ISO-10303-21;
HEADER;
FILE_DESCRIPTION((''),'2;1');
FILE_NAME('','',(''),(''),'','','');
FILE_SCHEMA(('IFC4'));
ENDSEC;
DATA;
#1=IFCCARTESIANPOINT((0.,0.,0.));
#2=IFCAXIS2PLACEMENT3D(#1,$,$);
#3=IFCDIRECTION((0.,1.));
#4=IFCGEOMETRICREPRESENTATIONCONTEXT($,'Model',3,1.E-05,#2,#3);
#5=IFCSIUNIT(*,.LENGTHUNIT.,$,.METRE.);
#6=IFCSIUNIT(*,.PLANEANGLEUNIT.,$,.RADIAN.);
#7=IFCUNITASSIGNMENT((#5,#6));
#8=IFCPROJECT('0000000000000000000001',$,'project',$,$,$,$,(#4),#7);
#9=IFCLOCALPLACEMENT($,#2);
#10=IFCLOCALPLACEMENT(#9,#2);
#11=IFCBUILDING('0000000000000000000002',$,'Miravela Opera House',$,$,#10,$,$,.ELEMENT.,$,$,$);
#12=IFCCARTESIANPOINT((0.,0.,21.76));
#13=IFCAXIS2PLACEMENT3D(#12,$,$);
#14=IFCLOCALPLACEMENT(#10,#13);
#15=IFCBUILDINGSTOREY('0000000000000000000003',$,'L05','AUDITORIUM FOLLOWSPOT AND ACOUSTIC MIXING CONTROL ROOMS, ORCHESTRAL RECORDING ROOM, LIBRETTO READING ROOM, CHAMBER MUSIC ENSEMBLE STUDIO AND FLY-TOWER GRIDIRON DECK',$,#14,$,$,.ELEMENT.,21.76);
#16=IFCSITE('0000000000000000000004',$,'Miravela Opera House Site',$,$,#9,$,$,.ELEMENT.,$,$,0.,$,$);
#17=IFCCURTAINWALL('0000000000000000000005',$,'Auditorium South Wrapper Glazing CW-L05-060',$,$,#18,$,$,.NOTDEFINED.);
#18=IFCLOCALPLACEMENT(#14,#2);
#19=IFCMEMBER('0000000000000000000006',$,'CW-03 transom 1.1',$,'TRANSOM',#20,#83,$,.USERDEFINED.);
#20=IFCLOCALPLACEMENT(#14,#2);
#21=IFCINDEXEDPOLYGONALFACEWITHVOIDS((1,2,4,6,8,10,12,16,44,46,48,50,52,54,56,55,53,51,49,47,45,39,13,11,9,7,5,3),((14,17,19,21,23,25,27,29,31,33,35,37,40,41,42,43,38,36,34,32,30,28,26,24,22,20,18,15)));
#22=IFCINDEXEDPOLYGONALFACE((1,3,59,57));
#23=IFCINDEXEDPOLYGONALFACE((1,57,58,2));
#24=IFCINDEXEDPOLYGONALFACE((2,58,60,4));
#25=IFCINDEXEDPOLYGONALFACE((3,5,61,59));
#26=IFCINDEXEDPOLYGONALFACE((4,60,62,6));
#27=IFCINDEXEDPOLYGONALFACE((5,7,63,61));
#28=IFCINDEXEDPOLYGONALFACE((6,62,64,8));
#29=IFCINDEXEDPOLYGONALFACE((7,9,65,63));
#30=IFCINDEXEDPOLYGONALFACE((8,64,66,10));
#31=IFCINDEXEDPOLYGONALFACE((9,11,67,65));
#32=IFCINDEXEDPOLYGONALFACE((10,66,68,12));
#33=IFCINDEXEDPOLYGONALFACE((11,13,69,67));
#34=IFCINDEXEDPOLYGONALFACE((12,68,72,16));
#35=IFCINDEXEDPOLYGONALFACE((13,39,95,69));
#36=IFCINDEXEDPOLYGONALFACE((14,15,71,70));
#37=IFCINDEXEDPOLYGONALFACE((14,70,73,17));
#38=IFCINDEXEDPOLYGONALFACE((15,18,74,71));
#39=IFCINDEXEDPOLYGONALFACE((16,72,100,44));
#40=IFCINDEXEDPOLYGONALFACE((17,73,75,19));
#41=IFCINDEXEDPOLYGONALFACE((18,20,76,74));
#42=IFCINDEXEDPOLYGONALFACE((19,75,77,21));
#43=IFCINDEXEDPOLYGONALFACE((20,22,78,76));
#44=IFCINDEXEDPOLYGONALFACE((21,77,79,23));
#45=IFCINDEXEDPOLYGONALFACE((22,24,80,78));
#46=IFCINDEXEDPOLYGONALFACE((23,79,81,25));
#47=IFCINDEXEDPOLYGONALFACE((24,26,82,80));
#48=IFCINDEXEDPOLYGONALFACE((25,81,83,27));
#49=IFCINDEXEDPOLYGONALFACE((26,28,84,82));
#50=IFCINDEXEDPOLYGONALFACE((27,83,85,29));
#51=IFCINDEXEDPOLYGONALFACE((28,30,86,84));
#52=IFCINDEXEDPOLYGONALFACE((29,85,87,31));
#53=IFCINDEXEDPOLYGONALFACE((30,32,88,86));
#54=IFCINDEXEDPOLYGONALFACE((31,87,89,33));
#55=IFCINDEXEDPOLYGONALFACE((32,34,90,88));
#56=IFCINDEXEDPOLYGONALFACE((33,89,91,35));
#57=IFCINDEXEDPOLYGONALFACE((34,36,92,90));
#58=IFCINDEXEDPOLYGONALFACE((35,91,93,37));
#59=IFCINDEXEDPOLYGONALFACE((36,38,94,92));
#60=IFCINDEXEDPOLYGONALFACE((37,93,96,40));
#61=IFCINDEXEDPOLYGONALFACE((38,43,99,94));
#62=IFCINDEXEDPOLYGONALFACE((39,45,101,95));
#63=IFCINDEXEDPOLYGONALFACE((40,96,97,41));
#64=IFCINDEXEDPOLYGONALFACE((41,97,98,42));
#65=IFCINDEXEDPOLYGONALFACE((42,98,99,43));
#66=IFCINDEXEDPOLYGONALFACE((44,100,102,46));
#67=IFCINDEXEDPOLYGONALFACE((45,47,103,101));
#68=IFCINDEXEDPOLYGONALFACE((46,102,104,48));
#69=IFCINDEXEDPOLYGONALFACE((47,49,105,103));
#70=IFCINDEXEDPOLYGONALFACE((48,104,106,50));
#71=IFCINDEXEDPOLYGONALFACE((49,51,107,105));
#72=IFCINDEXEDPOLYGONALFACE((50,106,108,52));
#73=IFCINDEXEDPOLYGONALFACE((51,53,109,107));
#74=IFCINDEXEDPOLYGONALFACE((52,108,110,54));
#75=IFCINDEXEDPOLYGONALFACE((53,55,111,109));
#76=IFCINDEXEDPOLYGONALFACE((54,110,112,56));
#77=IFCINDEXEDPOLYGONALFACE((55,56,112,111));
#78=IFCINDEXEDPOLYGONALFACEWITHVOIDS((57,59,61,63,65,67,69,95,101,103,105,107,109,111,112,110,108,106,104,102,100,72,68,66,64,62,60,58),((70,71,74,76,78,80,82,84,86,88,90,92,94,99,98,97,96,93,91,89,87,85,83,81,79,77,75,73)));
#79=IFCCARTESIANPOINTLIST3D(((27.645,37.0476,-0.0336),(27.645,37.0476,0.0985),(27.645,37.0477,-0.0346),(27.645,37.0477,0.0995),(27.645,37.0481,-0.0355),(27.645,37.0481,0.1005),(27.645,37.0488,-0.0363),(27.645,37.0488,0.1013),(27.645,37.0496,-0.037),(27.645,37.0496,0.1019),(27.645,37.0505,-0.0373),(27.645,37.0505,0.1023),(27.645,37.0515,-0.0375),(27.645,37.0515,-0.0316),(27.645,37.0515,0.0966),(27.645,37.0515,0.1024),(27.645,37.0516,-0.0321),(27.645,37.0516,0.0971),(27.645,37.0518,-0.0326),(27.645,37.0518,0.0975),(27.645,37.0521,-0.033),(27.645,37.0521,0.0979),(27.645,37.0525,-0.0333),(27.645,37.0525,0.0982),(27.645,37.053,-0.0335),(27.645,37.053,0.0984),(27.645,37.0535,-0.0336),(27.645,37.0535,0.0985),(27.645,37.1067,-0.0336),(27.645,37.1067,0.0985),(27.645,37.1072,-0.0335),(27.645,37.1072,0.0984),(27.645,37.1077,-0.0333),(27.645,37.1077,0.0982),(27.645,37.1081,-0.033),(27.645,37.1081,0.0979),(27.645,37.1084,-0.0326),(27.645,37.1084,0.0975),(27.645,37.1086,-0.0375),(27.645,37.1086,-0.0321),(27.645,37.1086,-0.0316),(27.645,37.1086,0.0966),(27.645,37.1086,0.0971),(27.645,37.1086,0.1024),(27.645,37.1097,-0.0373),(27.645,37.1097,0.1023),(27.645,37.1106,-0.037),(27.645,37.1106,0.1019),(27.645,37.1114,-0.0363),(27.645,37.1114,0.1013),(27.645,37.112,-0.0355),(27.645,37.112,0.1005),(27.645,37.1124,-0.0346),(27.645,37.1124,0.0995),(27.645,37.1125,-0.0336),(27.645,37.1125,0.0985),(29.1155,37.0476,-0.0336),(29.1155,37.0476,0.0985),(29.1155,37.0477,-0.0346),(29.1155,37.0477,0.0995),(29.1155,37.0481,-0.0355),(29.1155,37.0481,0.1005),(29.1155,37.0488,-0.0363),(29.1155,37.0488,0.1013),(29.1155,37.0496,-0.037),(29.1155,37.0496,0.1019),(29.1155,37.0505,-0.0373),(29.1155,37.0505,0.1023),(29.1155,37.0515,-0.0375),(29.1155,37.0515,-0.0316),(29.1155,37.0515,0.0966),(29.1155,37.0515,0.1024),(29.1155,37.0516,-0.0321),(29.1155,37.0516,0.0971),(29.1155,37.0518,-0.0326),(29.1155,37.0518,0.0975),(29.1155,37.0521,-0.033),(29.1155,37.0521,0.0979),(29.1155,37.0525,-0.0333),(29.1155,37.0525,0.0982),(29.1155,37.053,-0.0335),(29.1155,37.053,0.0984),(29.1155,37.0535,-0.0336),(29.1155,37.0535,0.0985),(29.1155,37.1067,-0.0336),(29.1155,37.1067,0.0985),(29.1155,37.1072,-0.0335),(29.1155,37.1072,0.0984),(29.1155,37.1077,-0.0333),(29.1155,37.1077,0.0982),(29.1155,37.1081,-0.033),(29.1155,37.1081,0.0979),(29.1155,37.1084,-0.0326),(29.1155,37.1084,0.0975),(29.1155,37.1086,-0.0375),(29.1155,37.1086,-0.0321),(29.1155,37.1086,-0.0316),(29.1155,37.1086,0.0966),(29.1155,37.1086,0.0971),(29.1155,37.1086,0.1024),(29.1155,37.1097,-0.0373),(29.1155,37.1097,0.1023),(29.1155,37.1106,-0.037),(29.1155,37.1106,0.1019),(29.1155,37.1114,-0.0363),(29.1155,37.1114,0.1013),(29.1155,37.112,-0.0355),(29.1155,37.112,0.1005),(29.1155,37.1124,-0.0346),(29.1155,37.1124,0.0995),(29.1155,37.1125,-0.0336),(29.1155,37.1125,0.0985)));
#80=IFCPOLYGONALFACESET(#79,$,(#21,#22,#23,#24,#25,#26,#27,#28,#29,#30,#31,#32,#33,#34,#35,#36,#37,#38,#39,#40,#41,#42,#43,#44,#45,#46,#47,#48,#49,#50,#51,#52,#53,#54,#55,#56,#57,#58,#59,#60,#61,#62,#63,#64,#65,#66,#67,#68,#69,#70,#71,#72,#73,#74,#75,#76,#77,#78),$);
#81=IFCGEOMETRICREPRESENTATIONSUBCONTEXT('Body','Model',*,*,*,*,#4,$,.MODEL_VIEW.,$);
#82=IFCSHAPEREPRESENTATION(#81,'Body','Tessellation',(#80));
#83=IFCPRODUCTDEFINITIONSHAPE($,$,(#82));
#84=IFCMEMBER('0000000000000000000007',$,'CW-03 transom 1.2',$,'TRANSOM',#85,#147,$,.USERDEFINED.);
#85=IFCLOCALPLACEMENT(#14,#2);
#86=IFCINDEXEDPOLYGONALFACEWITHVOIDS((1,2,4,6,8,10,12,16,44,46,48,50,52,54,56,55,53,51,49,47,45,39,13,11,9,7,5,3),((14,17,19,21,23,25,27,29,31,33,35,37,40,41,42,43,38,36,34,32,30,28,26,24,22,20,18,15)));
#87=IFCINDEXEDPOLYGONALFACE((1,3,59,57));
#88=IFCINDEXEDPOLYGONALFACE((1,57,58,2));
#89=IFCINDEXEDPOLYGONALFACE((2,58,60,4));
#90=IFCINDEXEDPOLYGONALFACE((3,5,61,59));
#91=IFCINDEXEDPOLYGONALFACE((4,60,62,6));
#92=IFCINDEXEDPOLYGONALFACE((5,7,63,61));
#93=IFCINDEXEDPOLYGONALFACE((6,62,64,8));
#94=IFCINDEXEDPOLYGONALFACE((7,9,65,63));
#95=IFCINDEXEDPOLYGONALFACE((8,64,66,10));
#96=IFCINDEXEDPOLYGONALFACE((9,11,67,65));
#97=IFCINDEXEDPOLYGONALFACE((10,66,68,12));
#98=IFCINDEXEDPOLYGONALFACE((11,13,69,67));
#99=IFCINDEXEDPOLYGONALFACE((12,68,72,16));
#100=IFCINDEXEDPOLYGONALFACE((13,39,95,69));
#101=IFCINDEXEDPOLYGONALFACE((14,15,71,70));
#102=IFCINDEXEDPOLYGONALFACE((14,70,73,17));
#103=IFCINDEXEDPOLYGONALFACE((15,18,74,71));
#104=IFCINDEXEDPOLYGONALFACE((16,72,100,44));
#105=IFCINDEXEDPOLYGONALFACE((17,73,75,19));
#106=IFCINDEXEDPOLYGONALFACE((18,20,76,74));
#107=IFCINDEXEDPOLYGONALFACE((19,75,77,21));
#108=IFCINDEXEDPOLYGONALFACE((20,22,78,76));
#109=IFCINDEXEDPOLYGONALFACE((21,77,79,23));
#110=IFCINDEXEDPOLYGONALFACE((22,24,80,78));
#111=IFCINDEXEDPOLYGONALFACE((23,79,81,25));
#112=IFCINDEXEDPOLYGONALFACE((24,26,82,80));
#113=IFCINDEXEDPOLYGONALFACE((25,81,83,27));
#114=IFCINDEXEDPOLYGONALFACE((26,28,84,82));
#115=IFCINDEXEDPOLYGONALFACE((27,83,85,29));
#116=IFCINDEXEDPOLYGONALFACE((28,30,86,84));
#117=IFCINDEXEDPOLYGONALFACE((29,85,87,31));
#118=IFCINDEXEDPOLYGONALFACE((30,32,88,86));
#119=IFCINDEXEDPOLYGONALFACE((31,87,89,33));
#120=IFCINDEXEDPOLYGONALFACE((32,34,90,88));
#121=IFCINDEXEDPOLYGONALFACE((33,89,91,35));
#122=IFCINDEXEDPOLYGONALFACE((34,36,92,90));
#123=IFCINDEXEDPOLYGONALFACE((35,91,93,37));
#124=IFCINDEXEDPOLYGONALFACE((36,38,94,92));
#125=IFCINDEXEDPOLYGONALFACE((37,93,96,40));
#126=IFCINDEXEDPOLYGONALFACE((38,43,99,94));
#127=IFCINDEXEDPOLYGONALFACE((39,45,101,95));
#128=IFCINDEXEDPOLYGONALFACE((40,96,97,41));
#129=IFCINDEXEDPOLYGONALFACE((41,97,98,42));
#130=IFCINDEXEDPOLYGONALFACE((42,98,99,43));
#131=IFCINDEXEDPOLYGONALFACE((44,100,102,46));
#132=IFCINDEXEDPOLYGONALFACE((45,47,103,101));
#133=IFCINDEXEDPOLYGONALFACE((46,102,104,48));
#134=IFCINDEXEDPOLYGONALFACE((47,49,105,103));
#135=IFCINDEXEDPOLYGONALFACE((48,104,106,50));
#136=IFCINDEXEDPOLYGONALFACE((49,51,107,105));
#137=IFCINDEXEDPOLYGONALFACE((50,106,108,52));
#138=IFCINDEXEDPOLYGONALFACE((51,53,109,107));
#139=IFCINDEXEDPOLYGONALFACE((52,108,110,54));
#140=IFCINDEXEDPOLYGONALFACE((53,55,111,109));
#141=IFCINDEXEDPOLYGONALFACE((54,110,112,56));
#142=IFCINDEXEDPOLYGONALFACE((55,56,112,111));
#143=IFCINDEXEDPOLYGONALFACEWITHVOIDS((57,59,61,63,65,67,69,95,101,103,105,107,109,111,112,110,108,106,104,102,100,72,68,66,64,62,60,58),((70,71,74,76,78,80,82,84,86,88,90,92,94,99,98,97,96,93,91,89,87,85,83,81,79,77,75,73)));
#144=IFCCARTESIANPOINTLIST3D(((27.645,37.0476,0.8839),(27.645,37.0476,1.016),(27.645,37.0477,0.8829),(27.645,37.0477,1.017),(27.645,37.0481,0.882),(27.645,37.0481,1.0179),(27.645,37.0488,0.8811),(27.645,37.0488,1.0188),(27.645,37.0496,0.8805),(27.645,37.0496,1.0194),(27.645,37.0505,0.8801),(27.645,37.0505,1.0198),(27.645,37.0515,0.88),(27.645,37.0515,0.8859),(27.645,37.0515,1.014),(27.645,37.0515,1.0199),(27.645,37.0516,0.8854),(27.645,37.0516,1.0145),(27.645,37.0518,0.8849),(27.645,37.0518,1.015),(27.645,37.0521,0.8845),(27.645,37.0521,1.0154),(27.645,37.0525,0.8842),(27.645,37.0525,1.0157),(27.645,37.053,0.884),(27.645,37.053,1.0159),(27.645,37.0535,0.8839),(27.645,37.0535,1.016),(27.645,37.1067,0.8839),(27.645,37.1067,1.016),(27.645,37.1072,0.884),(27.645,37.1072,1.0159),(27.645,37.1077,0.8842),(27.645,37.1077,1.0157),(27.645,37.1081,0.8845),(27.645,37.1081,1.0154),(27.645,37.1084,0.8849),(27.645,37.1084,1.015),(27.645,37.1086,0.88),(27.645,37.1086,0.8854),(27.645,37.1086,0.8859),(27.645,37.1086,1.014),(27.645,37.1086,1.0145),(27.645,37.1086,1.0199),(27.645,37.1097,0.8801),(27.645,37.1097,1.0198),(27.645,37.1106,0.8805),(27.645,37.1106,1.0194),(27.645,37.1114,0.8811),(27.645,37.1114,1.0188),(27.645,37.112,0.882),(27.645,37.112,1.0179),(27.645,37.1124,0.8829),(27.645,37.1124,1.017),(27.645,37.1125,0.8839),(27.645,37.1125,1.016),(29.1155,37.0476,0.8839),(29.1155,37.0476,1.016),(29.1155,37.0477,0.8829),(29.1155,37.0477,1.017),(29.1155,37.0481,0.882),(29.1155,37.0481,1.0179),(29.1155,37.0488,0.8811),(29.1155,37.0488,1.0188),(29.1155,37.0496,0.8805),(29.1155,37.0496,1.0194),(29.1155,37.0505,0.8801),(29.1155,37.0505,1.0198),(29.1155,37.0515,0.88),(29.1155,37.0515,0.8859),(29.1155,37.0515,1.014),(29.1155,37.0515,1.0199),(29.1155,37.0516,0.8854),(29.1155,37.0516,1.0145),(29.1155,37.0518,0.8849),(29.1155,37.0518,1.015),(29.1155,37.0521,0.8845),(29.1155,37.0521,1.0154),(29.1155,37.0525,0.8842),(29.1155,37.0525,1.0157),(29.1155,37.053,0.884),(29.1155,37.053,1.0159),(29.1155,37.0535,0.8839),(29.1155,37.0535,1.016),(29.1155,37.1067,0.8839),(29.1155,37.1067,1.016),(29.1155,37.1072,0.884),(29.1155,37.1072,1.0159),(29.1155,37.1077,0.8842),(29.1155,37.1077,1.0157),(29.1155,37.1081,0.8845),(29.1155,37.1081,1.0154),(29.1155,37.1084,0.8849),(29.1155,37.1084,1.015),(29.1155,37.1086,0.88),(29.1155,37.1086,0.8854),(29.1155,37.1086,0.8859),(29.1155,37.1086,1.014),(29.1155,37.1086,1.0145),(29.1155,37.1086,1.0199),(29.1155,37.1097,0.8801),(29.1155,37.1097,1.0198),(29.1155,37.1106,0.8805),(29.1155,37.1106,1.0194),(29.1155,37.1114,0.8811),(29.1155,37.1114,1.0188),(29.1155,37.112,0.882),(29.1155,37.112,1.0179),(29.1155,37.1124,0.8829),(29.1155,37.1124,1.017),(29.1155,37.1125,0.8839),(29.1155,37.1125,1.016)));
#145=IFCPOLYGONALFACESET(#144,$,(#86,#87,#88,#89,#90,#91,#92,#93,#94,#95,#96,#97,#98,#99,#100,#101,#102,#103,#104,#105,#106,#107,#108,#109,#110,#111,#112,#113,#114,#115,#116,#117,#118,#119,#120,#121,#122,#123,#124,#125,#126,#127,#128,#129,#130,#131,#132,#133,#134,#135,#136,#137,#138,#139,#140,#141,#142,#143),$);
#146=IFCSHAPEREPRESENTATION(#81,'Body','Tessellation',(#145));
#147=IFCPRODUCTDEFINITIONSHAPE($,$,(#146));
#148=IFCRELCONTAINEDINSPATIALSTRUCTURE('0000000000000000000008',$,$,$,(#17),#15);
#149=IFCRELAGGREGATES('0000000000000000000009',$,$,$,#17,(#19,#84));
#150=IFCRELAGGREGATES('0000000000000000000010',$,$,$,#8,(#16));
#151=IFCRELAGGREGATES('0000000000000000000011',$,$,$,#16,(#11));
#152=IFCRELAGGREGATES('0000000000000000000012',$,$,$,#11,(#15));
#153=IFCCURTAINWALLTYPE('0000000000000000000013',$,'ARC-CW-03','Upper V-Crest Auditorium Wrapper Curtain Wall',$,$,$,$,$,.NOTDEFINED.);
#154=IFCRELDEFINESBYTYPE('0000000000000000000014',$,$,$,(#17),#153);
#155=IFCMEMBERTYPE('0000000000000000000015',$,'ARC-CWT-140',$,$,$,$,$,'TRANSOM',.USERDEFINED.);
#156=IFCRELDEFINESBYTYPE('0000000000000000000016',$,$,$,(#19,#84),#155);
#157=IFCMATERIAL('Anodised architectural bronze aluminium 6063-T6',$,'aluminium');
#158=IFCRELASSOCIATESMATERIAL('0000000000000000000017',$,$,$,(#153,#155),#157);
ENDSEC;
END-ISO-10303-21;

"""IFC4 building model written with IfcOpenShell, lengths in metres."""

from ifc_helpers import new_model, si_unit, direction, frame, origin, origin_2d, place, context, subcontext, project, spatial, hollow_rectangle, extrude, material, material_profile, profile_set, type_object, element, aggregate, save


model = new_model("IFC4")

# Units and contexts
model_context = context("Model", 3, precision=1e-05, world=origin(), true_north=direction((0.0, 1.0)))
body_context = subcontext(model_context, "Body", "Model", "MODEL_VIEW")
ifc_project = project(units=[si_unit("LENGTHUNIT", "METRE"), si_unit("PLANEANGLEUNIT", "RADIAN")], contexts=[model_context])

# Site, building, storey
site_placement = place(None, origin())
site = spatial("IfcSite", under=ifc_project, at=site_placement, Name="Miravela Opera House Site", CompositionType="ELEMENT", RefElevation=0.0)
building_placement = place(site_placement, origin())
building = spatial("IfcBuilding", under=site, at=building_placement, Name="Miravela Opera House", CompositionType="ELEMENT")
storey_placement = place(building_placement, frame((0.0, 0.0, 21.76)))
storey = spatial("IfcBuildingStorey", under=building, at=storey_placement, Name="L05", Description="AUDITORIUM FOLLOWSPOT AND ACOUSTIC MIXING CONTROL ROOMS, ORCHESTRAL RECORDING ROOM, LIBRETTO READING ROOM, CHAMBER MUSIC ENSEMBLE STUDIO AND FLY-TOWER GRIDIRON DECK", CompositionType="ELEMENT", Elevation=21.76)

# Curtain wall, members
ifc_material_1 = material(Name="Anodised architectural bronze aluminium 6063-T6", Category="aluminium")
curtain_wall_type = type_object("IfcCurtainWallType", Name="ARC-CW-03", Description="Upper V-Crest Auditorium Wrapper Curtain Wall", PredefinedType="NOTDEFINED", material=ifc_material_1)
curtain_wall_placement = place(storey_placement, origin())
curtain_wall = element("IfcCurtainWall", 1, at=curtain_wall_placement, inside=storey, type_object=curtain_wall_type, Name="Auditorium South Wrapper Glazing CW-L05-060", PredefinedType="NOTDEFINED")
ifc_material_profile_1 = material_profile(ifc_material_1, hollow_rectangle(XDim=0.0649, YDim=0.1399, WallThickness=0.0039, InnerFilletRadius=0.002, OuterFilletRadius=0.0039, at=origin_2d()), Name="CWT-65X140")
ifc_profile_set_1 = profile_set([ifc_material_profile_1])
member_type_1 = type_object("IfcMemberType", Name="ARC-CWT-140", ElementType="TRANSOM", PredefinedType="USERDEFINED", material=ifc_profile_set_1)
member_1_placement = place(storey_placement, frame((27.645, 37.0801, 0.0325), z_axis=(1.0, 0.0, 0.0), x_axis=(0.0, 1.0, 0.0)))
member_1 = element("IfcMember", 2, at=member_1_placement, type_object=member_type_1, Name="CW-03 transom 1.1", ObjectType="TRANSOM", PredefinedType="USERDEFINED", context=body_context, shape_type="SweptSolid", body=[
    extrude(hollow_rectangle(XDim=0.0649, YDim=0.1399, WallThickness=0.0039, InnerFilletRadius=0.002, OuterFilletRadius=0.0039, at=origin_2d()), origin(), (0.0, 0.0, 1.0), 1.4705),
])
member_2_placement = place(storey_placement, frame((27.645, 37.0801, 0.95), z_axis=(1.0, 0.0, 0.0), x_axis=(0.0, 1.0, 0.0)))
member_2 = element("IfcMember", 3, at=member_2_placement, type_object=member_type_1, Name="CW-03 transom 1.2", ObjectType="TRANSOM", PredefinedType="USERDEFINED", context=body_context, shape_type="SweptSolid", body=[
    extrude(hollow_rectangle(XDim=0.0649, YDim=0.1399, WallThickness=0.0039, InnerFilletRadius=0.002, OuterFilletRadius=0.0039, at=origin_2d()), origin(), (0.0, 0.0, 1.0), 1.4705),
])
aggregate(curtain_wall, [member_1, member_2])

save(model, "model.ifc")
